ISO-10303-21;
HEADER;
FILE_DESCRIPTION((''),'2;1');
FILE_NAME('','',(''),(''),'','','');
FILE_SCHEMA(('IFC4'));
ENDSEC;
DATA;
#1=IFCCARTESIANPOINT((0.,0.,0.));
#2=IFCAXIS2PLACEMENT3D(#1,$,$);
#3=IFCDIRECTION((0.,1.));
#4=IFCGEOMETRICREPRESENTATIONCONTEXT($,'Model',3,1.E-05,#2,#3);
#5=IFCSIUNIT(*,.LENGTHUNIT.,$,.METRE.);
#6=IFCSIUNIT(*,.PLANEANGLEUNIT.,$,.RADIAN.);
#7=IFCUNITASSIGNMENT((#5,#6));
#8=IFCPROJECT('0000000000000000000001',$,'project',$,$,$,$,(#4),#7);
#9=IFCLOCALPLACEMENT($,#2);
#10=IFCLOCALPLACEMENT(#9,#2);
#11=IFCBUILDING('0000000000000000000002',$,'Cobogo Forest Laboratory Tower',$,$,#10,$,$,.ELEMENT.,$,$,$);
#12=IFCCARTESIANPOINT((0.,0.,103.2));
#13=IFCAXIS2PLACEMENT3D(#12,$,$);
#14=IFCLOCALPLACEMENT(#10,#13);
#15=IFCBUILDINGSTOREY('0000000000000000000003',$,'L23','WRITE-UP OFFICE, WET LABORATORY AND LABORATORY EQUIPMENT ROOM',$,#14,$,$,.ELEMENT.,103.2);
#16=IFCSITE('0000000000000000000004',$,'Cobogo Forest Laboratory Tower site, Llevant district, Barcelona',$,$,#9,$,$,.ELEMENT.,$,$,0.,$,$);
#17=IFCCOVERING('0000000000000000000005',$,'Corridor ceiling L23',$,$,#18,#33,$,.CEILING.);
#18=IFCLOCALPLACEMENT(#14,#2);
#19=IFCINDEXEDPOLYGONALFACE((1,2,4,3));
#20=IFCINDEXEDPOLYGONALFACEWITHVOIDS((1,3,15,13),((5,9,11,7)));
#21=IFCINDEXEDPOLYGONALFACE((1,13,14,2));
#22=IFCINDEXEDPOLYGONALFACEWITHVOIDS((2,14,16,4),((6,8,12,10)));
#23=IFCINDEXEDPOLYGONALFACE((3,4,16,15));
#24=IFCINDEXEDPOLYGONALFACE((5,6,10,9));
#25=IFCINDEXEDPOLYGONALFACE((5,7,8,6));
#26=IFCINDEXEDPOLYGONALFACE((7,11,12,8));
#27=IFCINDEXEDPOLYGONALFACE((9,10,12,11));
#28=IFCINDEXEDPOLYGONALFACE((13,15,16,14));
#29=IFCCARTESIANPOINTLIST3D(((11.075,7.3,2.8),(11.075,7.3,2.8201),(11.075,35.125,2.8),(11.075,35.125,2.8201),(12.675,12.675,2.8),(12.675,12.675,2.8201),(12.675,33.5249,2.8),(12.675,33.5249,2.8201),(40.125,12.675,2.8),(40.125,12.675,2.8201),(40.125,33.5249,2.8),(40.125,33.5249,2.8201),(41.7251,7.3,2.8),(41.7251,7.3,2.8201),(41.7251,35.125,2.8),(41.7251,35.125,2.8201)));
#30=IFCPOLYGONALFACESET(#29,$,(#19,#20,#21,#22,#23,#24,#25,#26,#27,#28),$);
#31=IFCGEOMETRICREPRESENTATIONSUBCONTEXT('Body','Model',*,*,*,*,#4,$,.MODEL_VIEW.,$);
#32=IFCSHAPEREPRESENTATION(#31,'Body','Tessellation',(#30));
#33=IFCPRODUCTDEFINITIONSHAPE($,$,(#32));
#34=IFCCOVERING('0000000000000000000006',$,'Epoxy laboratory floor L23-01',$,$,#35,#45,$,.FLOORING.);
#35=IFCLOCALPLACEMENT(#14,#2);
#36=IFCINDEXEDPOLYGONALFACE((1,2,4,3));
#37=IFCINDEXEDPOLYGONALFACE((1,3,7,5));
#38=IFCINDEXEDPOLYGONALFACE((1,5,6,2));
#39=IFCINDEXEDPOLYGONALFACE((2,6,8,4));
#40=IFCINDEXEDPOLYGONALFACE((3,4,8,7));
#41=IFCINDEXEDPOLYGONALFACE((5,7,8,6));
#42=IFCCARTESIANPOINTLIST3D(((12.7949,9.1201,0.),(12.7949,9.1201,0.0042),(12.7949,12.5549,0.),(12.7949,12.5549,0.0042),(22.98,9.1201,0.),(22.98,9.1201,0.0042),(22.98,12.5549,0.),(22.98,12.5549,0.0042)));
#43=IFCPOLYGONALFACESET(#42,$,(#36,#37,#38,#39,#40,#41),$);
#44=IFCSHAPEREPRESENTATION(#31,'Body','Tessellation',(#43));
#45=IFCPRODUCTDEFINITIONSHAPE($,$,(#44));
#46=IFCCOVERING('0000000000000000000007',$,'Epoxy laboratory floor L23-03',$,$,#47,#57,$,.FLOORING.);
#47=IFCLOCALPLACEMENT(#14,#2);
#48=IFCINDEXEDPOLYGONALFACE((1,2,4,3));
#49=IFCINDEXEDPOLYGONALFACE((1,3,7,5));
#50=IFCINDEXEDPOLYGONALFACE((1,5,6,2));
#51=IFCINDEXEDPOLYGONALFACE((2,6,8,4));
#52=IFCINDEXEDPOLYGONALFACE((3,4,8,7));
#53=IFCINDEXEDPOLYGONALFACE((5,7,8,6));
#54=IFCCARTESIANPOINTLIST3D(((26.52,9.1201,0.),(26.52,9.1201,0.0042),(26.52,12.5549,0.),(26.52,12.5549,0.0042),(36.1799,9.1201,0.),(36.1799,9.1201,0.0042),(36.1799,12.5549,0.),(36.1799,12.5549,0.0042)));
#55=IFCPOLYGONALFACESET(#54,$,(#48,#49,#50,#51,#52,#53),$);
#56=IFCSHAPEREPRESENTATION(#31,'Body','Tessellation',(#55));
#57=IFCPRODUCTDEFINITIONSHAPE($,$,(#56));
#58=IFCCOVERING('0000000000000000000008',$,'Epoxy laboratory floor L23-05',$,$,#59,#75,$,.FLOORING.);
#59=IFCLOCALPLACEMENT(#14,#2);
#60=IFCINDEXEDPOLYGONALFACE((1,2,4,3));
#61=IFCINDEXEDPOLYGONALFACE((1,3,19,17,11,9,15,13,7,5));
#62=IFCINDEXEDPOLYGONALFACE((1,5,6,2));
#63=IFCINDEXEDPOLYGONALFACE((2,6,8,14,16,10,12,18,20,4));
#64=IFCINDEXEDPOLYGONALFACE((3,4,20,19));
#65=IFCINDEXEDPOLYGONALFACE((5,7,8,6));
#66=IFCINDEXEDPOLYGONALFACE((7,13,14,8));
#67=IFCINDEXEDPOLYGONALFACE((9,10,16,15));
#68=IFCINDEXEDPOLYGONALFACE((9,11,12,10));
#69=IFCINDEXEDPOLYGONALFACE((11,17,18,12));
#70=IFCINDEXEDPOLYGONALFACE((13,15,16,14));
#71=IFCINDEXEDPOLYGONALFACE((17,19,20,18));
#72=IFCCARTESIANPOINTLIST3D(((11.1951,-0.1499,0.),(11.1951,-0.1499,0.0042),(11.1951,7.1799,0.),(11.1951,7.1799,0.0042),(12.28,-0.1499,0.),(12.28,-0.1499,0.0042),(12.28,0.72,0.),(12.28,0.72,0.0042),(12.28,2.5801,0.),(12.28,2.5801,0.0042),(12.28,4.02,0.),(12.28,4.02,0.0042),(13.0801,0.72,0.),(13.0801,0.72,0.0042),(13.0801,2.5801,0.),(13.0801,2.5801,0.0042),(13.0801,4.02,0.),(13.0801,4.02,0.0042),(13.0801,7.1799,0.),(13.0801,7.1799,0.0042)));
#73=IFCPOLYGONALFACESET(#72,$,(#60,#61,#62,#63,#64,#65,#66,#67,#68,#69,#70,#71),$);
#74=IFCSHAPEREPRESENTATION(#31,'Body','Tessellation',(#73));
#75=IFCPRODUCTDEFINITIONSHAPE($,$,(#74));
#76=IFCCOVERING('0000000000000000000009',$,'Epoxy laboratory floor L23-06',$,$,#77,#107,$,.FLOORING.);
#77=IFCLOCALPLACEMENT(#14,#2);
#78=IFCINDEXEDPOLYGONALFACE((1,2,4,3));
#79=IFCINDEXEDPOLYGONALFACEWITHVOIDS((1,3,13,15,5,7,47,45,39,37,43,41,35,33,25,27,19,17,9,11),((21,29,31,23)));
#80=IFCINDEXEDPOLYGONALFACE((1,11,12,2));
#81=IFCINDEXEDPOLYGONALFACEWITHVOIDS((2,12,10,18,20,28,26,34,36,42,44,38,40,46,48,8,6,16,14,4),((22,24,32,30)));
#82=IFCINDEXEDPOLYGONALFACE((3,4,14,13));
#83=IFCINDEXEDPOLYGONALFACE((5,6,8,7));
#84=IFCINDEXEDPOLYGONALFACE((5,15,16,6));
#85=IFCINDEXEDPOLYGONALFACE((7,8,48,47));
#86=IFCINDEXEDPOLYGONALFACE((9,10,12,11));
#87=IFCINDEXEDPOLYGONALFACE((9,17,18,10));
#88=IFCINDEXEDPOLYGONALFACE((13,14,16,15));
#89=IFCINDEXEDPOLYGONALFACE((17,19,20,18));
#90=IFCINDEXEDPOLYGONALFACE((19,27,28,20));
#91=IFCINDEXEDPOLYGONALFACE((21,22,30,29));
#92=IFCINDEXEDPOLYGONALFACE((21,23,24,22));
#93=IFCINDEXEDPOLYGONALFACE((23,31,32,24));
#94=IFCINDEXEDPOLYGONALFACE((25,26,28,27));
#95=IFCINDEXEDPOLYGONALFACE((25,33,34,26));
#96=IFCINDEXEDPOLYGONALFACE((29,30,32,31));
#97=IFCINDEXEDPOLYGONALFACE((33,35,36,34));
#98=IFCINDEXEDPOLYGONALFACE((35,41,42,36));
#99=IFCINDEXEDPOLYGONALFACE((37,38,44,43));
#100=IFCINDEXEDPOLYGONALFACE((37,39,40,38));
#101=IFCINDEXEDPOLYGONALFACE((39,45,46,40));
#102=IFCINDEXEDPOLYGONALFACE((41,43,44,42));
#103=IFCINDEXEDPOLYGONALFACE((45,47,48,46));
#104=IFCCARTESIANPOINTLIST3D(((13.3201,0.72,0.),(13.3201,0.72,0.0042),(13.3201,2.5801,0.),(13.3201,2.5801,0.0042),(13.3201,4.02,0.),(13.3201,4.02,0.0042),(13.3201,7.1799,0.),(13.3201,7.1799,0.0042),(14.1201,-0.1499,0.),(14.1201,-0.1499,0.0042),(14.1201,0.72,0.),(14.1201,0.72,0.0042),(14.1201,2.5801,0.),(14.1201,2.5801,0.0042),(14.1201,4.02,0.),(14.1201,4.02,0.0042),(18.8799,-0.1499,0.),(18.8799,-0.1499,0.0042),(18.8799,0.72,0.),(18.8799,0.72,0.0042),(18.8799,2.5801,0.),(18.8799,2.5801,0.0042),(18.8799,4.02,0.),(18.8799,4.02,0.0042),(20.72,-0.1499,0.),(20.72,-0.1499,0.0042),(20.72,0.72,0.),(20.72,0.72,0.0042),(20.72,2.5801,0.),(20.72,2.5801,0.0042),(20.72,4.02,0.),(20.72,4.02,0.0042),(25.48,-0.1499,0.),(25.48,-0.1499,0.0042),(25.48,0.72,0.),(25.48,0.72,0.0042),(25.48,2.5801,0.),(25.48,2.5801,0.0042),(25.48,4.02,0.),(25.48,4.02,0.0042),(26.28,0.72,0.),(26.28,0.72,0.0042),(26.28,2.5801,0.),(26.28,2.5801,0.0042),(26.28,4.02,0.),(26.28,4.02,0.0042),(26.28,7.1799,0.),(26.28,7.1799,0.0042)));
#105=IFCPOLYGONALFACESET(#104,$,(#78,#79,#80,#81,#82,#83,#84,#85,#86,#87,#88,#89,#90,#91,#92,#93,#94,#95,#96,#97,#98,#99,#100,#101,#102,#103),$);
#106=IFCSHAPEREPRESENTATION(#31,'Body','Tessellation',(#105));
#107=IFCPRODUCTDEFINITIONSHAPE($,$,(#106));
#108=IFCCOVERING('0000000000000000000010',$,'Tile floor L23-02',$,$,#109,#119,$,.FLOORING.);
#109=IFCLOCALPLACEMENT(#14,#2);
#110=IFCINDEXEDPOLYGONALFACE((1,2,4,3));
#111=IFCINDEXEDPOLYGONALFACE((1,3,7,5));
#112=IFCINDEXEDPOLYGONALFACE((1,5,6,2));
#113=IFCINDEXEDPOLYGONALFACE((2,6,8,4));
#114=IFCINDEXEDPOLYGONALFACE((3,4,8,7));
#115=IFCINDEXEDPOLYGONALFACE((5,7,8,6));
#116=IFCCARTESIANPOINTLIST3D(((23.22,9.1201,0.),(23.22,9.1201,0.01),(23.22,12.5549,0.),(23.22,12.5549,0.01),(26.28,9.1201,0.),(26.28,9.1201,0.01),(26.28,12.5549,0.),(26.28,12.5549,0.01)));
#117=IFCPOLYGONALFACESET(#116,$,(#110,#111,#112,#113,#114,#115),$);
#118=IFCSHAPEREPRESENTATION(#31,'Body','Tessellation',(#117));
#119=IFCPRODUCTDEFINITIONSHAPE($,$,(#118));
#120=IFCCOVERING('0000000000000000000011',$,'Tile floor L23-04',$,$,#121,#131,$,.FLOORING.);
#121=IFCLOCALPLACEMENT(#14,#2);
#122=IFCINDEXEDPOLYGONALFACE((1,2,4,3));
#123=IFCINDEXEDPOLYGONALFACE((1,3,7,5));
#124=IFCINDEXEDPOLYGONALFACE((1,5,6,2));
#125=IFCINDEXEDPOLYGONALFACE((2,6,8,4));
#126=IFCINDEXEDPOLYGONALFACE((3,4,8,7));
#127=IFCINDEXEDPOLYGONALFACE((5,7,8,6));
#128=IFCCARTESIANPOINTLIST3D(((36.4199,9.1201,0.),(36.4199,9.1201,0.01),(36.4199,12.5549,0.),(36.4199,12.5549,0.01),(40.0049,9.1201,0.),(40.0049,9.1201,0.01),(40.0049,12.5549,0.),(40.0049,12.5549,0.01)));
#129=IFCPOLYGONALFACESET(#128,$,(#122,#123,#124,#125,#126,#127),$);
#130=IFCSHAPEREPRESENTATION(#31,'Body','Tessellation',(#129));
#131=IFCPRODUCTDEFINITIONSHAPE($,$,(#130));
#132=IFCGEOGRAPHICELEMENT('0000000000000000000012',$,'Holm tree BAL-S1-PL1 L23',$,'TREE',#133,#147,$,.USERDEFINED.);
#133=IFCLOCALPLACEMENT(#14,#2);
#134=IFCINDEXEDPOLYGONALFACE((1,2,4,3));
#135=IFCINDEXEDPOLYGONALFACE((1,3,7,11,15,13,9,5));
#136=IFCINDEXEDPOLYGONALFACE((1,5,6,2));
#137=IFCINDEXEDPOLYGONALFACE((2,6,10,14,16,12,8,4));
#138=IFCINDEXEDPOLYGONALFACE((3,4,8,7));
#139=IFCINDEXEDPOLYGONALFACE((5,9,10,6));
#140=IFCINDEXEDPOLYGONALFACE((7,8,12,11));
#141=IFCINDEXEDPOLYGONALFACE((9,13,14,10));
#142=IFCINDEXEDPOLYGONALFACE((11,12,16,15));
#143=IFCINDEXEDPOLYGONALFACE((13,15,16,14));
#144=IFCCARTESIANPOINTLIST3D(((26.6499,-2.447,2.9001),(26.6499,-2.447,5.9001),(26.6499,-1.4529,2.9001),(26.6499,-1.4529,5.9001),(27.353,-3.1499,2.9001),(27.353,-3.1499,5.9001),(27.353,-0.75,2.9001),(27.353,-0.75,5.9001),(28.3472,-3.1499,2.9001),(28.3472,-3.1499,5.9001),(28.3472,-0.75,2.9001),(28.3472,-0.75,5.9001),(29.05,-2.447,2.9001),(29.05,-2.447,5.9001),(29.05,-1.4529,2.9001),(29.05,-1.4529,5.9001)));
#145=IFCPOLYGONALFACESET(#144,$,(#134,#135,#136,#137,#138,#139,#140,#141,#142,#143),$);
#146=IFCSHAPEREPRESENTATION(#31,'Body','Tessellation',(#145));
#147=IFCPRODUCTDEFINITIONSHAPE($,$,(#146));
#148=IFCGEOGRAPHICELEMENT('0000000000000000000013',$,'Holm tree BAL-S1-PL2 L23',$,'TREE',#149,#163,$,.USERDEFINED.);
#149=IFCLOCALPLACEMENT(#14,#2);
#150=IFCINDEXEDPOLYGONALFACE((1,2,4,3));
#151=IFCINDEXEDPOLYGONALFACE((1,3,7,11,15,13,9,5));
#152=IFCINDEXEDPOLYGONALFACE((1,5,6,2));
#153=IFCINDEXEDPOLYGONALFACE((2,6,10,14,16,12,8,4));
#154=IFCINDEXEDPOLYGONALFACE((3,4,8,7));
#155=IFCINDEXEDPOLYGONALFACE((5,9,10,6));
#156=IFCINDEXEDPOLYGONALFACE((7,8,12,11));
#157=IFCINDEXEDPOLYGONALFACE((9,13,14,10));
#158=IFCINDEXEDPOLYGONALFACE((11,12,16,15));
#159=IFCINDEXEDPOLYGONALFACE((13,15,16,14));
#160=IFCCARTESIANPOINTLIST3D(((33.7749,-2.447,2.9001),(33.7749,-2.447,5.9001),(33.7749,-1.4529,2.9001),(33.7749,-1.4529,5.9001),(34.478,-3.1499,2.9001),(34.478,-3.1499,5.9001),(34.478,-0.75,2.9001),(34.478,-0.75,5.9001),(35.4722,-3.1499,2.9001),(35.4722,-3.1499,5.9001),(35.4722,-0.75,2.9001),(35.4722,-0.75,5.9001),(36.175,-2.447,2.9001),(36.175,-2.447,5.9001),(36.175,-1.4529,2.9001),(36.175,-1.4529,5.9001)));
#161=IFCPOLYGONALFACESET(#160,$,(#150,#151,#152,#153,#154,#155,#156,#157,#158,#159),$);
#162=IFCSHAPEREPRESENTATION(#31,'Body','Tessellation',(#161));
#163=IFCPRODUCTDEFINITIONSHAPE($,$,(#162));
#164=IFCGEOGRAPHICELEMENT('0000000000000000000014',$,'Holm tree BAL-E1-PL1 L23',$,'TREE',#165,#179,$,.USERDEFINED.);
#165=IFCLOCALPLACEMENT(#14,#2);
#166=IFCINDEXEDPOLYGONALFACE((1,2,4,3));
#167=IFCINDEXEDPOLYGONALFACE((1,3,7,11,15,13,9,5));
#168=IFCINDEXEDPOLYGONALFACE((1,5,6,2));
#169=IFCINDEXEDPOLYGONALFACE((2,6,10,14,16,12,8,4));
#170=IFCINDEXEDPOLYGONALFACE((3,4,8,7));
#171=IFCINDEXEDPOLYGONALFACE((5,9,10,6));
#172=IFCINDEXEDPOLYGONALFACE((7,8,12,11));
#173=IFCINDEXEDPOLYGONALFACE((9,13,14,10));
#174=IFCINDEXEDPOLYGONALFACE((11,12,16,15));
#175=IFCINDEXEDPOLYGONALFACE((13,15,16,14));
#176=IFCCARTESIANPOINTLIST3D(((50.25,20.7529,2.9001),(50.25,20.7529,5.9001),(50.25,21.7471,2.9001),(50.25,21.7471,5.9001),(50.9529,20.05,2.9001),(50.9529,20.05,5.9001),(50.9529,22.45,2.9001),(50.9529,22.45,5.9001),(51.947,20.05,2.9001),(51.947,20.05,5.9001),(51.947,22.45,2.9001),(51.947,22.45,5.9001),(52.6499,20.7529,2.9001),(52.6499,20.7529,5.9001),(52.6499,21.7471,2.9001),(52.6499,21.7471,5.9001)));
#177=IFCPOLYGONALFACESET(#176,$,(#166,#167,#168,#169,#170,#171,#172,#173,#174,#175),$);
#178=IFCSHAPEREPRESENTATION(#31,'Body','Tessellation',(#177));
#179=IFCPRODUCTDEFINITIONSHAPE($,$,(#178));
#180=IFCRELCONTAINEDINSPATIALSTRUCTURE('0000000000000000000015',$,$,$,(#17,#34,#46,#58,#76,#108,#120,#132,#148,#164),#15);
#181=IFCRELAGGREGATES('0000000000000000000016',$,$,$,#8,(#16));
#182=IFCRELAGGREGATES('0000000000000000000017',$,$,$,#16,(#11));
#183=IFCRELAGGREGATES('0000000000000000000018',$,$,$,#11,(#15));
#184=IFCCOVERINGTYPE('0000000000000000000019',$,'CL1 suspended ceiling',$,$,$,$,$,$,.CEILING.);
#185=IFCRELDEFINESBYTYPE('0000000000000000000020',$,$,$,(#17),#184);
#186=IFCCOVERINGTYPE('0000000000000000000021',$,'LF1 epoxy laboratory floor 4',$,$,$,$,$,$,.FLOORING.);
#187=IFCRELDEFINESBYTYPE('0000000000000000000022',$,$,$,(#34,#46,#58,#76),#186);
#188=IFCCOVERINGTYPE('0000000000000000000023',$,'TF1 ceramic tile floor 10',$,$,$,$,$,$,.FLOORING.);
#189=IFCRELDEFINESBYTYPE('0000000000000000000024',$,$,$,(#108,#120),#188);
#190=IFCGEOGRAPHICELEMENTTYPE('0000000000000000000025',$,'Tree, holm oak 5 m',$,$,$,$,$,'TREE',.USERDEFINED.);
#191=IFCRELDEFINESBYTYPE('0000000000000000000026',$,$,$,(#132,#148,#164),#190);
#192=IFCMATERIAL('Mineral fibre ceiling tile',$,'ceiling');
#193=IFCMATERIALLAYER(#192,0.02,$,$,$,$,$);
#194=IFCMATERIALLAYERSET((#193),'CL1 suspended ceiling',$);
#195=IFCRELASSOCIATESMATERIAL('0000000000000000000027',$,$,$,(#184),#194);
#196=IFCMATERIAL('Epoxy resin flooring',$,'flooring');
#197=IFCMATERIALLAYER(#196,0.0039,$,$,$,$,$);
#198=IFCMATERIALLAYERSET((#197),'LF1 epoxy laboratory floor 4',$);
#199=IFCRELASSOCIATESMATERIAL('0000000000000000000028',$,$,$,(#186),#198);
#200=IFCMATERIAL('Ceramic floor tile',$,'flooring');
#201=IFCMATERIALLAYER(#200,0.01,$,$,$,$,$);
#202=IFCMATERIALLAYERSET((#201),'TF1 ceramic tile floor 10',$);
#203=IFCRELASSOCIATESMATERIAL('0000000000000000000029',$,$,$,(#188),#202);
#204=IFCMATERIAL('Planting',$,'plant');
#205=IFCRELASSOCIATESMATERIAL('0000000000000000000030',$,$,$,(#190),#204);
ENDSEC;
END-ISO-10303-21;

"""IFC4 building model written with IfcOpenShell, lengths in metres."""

from ifc_helpers import new_model, si_unit, direction, frame, origin, place, context, subcontext, project, spatial, polyline, outline, extrude, material, layer, layer_set, type_object, element, save


model = new_model("IFC4")

# Units and contexts
model_context = context("Model", 3, precision=1e-05, world=origin(), true_north=direction((0.0, 1.0)))
body_context = subcontext(model_context, "Body", "Model", "MODEL_VIEW")
ifc_project = project(units=[si_unit("LENGTHUNIT", "METRE"), si_unit("PLANEANGLEUNIT", "RADIAN")], contexts=[model_context])

# Site, building, storey
site_placement = place(None, origin())
site = spatial("IfcSite", under=ifc_project, at=site_placement, Name="Cobogo Forest Laboratory Tower site, Llevant district, Barcelona", CompositionType="ELEMENT", RefElevation=0.0)
building_placement = place(site_placement, origin())
building = spatial("IfcBuilding", under=site, at=building_placement, Name="Cobogo Forest Laboratory Tower", CompositionType="ELEMENT")
storey_placement = place(building_placement, frame((0.0, 0.0, 103.2)))
storey = spatial("IfcBuildingStorey", under=building, at=storey_placement, Name="L23", Description="WRITE-UP OFFICE, WET LABORATORY AND LABORATORY EQUIPMENT ROOM", CompositionType="ELEMENT", Elevation=103.2)

# Coverings
ifc_material_1 = material(Name="Mineral fibre ceiling tile", Category="ceiling")
ifc_layer_1 = layer(ifc_material_1, 0.02)
ifc_layer_set_1 = layer_set([ifc_layer_1], Name="CL1 suspended ceiling")
covering_type_1 = type_object("IfcCoveringType", Name="CL1 suspended ceiling", PredefinedType="CEILING", material=ifc_layer_set_1)
covering_1_placement = place(storey_placement, frame((0.0, 0.0, 2.8)))
element("IfcCovering", 1, at=covering_1_placement, inside=storey, type_object=covering_type_1, Name="Corridor ceiling L23", PredefinedType="CEILING", context=body_context, shape_type="SweptSolid", body=[
    extrude(outline(polyline([(11.075, 7.3), (11.075, 35.125), (41.7251, 35.125), (41.7251, 7.3), (11.075, 7.3)]), holes=[polyline([(40.125, 33.5249), (12.675, 33.5249), (12.675, 12.675), (40.125, 12.675), (40.125, 33.5249)])]), origin(), (0.0, 0.0, 1.0), 0.02),
])
ifc_material_2 = material(Name="Epoxy resin flooring", Category="flooring")
ifc_layer_2 = layer(ifc_material_2, 0.0039)
ifc_layer_set_2 = layer_set([ifc_layer_2], Name="LF1 epoxy laboratory floor 4")
covering_type_2 = type_object("IfcCoveringType", Name="LF1 epoxy laboratory floor 4", PredefinedType="FLOORING", material=ifc_layer_set_2)
covering_2_placement = place(storey_placement, origin())
element("IfcCovering", 2, at=covering_2_placement, inside=storey, type_object=covering_type_2, Name="Epoxy laboratory floor L23-01", PredefinedType="FLOORING", context=body_context, shape_type="SweptSolid", body=[
    extrude(outline(polyline([(22.98, 9.1201), (12.7949, 9.1201), (12.7949, 12.5549), (22.98, 12.5549), (22.98, 9.1201)])), origin(), (0.0, 0.0, 1.0), 0.0042),
])
covering_3_placement = place(storey_placement, origin())
element("IfcCovering", 3, at=covering_3_placement, inside=storey, type_object=covering_type_2, Name="Epoxy laboratory floor L23-03", PredefinedType="FLOORING", context=body_context, shape_type="SweptSolid", body=[
    extrude(outline(polyline([(36.1799, 9.1201), (26.52, 9.1201), (26.52, 12.5549), (36.1799, 12.5549), (36.1799, 9.1201)])), origin(), (0.0, 0.0, 1.0), 0.0042),
])
covering_4_placement = place(storey_placement, origin())
element("IfcCovering", 4, at=covering_4_placement, inside=storey, type_object=covering_type_2, Name="Epoxy laboratory floor L23-05", PredefinedType="FLOORING", context=body_context, shape_type="SweptSolid", body=[
    extrude(outline(polyline([(13.0801, 7.1799), (13.0801, 4.02), (12.28, 4.02), (12.28, 2.5801), (13.0801, 2.5801), (13.0801, 0.72), (12.28, 0.72), (12.28, -0.1499), (11.1951, -0.1499), (11.1951, 7.1799), (13.0801, 7.1799)])), origin(), (0.0, 0.0, 1.0), 0.0042),
])
covering_5_placement = place(storey_placement, origin())
element("IfcCovering", 5, at=covering_5_placement, inside=storey, type_object=covering_type_2, Name="Epoxy laboratory floor L23-06", PredefinedType="FLOORING", context=body_context, shape_type="SweptSolid", body=[
    extrude(outline(polyline([(26.28, 7.1799), (26.28, 4.02), (25.48, 4.02), (25.48, 2.5801), (26.28, 2.5801), (26.28, 0.72), (25.48, 0.72), (25.48, -0.1499), (20.72, -0.1499), (20.72, 0.72), (18.8799, 0.72), (18.8799, -0.1499), (14.1201, -0.1499), (14.1201, 0.72), (13.3201, 0.72), (13.3201, 2.5801), (14.1201, 2.5801), (14.1201, 4.02), (13.3201, 4.02), (13.3201, 7.1799), (26.28, 7.1799)]), holes=[polyline([(18.8799, 4.02), (18.8799, 2.5801), (20.72, 2.5801), (20.72, 4.02), (18.8799, 4.02)])]), origin(), (0.0, 0.0, 1.0), 0.0042),
])
ifc_material_3 = material(Name="Ceramic floor tile", Category="flooring")
ifc_layer_3 = layer(ifc_material_3, 0.01)
ifc_layer_set_3 = layer_set([ifc_layer_3], Name="TF1 ceramic tile floor 10")
covering_type_3 = type_object("IfcCoveringType", Name="TF1 ceramic tile floor 10", PredefinedType="FLOORING", material=ifc_layer_set_3)
covering_6_placement = place(storey_placement, origin())
element("IfcCovering", 6, at=covering_6_placement, inside=storey, type_object=covering_type_3, Name="Tile floor L23-02", PredefinedType="FLOORING", context=body_context, shape_type="SweptSolid", body=[
    extrude(outline(polyline([(26.28, 9.1201), (23.22, 9.1201), (23.22, 12.5549), (26.28, 12.5549), (26.28, 9.1201)])), origin(), (0.0, 0.0, 1.0), 0.01),
])
covering_7_placement = place(storey_placement, origin())
element("IfcCovering", 7, at=covering_7_placement, inside=storey, type_object=covering_type_3, Name="Tile floor L23-04", PredefinedType="FLOORING", context=body_context, shape_type="SweptSolid", body=[
    extrude(outline(polyline([(40.0049, 9.1201), (36.4199, 9.1201), (36.4199, 12.5549), (40.0049, 12.5549), (40.0049, 9.1201)])), origin(), (0.0, 0.0, 1.0), 0.01),
])

# Geographic elements
ifc_material_4 = material(Name="Planting", Category="plant")
geographic_element_type = type_object("IfcGeographicElementType", Name="Tree, holm oak 5 m", ElementType="TREE", PredefinedType="USERDEFINED", material=ifc_material_4)
geographic_element_1_placement = place(storey_placement, frame((0.0, 0.0, 2.9001)))
element("IfcGeographicElement", 8, at=geographic_element_1_placement, inside=storey, type_object=geographic_element_type, Name="Holm tree BAL-S1-PL1 L23", ObjectType="TREE", PredefinedType="USERDEFINED", context=body_context, shape_type="SweptSolid", body=[
    extrude(outline(polyline([(29.05, -2.447), (29.05, -1.4529), (28.3472, -0.75), (27.353, -0.75), (26.6499, -1.4529), (26.6499, -2.447), (27.353, -3.1499), (28.3472, -3.1499), (29.05, -2.447)])), origin(), (0.0, 0.0, 1.0), 3.0),
])
geographic_element_2_placement = place(storey_placement, frame((0.0, 0.0, 2.9001)))
element("IfcGeographicElement", 9, at=geographic_element_2_placement, inside=storey, type_object=geographic_element_type, Name="Holm tree BAL-S1-PL2 L23", ObjectType="TREE", PredefinedType="USERDEFINED", context=body_context, shape_type="SweptSolid", body=[
    extrude(outline(polyline([(36.175, -2.447), (36.175, -1.4529), (35.4722, -0.75), (34.478, -0.75), (33.7749, -1.4529), (33.7749, -2.447), (34.478, -3.1499), (35.4722, -3.1499), (36.175, -2.447)])), origin(), (0.0, 0.0, 1.0), 3.0),
])
geographic_element_3_placement = place(storey_placement, frame((0.0, 0.0, 2.9001)))
element("IfcGeographicElement", 10, at=geographic_element_3_placement, inside=storey, type_object=geographic_element_type, Name="Holm tree BAL-E1-PL1 L23", ObjectType="TREE", PredefinedType="USERDEFINED", context=body_context, shape_type="SweptSolid", body=[
    extrude(outline(polyline([(52.6499, 20.7529), (52.6499, 21.7471), (51.947, 22.45), (50.9529, 22.45), (50.25, 21.7471), (50.25, 20.7529), (50.9529, 20.05), (51.947, 20.05), (52.6499, 20.7529)])), origin(), (0.0, 0.0, 1.0), 3.0),
])

save(model, "model.ifc")
